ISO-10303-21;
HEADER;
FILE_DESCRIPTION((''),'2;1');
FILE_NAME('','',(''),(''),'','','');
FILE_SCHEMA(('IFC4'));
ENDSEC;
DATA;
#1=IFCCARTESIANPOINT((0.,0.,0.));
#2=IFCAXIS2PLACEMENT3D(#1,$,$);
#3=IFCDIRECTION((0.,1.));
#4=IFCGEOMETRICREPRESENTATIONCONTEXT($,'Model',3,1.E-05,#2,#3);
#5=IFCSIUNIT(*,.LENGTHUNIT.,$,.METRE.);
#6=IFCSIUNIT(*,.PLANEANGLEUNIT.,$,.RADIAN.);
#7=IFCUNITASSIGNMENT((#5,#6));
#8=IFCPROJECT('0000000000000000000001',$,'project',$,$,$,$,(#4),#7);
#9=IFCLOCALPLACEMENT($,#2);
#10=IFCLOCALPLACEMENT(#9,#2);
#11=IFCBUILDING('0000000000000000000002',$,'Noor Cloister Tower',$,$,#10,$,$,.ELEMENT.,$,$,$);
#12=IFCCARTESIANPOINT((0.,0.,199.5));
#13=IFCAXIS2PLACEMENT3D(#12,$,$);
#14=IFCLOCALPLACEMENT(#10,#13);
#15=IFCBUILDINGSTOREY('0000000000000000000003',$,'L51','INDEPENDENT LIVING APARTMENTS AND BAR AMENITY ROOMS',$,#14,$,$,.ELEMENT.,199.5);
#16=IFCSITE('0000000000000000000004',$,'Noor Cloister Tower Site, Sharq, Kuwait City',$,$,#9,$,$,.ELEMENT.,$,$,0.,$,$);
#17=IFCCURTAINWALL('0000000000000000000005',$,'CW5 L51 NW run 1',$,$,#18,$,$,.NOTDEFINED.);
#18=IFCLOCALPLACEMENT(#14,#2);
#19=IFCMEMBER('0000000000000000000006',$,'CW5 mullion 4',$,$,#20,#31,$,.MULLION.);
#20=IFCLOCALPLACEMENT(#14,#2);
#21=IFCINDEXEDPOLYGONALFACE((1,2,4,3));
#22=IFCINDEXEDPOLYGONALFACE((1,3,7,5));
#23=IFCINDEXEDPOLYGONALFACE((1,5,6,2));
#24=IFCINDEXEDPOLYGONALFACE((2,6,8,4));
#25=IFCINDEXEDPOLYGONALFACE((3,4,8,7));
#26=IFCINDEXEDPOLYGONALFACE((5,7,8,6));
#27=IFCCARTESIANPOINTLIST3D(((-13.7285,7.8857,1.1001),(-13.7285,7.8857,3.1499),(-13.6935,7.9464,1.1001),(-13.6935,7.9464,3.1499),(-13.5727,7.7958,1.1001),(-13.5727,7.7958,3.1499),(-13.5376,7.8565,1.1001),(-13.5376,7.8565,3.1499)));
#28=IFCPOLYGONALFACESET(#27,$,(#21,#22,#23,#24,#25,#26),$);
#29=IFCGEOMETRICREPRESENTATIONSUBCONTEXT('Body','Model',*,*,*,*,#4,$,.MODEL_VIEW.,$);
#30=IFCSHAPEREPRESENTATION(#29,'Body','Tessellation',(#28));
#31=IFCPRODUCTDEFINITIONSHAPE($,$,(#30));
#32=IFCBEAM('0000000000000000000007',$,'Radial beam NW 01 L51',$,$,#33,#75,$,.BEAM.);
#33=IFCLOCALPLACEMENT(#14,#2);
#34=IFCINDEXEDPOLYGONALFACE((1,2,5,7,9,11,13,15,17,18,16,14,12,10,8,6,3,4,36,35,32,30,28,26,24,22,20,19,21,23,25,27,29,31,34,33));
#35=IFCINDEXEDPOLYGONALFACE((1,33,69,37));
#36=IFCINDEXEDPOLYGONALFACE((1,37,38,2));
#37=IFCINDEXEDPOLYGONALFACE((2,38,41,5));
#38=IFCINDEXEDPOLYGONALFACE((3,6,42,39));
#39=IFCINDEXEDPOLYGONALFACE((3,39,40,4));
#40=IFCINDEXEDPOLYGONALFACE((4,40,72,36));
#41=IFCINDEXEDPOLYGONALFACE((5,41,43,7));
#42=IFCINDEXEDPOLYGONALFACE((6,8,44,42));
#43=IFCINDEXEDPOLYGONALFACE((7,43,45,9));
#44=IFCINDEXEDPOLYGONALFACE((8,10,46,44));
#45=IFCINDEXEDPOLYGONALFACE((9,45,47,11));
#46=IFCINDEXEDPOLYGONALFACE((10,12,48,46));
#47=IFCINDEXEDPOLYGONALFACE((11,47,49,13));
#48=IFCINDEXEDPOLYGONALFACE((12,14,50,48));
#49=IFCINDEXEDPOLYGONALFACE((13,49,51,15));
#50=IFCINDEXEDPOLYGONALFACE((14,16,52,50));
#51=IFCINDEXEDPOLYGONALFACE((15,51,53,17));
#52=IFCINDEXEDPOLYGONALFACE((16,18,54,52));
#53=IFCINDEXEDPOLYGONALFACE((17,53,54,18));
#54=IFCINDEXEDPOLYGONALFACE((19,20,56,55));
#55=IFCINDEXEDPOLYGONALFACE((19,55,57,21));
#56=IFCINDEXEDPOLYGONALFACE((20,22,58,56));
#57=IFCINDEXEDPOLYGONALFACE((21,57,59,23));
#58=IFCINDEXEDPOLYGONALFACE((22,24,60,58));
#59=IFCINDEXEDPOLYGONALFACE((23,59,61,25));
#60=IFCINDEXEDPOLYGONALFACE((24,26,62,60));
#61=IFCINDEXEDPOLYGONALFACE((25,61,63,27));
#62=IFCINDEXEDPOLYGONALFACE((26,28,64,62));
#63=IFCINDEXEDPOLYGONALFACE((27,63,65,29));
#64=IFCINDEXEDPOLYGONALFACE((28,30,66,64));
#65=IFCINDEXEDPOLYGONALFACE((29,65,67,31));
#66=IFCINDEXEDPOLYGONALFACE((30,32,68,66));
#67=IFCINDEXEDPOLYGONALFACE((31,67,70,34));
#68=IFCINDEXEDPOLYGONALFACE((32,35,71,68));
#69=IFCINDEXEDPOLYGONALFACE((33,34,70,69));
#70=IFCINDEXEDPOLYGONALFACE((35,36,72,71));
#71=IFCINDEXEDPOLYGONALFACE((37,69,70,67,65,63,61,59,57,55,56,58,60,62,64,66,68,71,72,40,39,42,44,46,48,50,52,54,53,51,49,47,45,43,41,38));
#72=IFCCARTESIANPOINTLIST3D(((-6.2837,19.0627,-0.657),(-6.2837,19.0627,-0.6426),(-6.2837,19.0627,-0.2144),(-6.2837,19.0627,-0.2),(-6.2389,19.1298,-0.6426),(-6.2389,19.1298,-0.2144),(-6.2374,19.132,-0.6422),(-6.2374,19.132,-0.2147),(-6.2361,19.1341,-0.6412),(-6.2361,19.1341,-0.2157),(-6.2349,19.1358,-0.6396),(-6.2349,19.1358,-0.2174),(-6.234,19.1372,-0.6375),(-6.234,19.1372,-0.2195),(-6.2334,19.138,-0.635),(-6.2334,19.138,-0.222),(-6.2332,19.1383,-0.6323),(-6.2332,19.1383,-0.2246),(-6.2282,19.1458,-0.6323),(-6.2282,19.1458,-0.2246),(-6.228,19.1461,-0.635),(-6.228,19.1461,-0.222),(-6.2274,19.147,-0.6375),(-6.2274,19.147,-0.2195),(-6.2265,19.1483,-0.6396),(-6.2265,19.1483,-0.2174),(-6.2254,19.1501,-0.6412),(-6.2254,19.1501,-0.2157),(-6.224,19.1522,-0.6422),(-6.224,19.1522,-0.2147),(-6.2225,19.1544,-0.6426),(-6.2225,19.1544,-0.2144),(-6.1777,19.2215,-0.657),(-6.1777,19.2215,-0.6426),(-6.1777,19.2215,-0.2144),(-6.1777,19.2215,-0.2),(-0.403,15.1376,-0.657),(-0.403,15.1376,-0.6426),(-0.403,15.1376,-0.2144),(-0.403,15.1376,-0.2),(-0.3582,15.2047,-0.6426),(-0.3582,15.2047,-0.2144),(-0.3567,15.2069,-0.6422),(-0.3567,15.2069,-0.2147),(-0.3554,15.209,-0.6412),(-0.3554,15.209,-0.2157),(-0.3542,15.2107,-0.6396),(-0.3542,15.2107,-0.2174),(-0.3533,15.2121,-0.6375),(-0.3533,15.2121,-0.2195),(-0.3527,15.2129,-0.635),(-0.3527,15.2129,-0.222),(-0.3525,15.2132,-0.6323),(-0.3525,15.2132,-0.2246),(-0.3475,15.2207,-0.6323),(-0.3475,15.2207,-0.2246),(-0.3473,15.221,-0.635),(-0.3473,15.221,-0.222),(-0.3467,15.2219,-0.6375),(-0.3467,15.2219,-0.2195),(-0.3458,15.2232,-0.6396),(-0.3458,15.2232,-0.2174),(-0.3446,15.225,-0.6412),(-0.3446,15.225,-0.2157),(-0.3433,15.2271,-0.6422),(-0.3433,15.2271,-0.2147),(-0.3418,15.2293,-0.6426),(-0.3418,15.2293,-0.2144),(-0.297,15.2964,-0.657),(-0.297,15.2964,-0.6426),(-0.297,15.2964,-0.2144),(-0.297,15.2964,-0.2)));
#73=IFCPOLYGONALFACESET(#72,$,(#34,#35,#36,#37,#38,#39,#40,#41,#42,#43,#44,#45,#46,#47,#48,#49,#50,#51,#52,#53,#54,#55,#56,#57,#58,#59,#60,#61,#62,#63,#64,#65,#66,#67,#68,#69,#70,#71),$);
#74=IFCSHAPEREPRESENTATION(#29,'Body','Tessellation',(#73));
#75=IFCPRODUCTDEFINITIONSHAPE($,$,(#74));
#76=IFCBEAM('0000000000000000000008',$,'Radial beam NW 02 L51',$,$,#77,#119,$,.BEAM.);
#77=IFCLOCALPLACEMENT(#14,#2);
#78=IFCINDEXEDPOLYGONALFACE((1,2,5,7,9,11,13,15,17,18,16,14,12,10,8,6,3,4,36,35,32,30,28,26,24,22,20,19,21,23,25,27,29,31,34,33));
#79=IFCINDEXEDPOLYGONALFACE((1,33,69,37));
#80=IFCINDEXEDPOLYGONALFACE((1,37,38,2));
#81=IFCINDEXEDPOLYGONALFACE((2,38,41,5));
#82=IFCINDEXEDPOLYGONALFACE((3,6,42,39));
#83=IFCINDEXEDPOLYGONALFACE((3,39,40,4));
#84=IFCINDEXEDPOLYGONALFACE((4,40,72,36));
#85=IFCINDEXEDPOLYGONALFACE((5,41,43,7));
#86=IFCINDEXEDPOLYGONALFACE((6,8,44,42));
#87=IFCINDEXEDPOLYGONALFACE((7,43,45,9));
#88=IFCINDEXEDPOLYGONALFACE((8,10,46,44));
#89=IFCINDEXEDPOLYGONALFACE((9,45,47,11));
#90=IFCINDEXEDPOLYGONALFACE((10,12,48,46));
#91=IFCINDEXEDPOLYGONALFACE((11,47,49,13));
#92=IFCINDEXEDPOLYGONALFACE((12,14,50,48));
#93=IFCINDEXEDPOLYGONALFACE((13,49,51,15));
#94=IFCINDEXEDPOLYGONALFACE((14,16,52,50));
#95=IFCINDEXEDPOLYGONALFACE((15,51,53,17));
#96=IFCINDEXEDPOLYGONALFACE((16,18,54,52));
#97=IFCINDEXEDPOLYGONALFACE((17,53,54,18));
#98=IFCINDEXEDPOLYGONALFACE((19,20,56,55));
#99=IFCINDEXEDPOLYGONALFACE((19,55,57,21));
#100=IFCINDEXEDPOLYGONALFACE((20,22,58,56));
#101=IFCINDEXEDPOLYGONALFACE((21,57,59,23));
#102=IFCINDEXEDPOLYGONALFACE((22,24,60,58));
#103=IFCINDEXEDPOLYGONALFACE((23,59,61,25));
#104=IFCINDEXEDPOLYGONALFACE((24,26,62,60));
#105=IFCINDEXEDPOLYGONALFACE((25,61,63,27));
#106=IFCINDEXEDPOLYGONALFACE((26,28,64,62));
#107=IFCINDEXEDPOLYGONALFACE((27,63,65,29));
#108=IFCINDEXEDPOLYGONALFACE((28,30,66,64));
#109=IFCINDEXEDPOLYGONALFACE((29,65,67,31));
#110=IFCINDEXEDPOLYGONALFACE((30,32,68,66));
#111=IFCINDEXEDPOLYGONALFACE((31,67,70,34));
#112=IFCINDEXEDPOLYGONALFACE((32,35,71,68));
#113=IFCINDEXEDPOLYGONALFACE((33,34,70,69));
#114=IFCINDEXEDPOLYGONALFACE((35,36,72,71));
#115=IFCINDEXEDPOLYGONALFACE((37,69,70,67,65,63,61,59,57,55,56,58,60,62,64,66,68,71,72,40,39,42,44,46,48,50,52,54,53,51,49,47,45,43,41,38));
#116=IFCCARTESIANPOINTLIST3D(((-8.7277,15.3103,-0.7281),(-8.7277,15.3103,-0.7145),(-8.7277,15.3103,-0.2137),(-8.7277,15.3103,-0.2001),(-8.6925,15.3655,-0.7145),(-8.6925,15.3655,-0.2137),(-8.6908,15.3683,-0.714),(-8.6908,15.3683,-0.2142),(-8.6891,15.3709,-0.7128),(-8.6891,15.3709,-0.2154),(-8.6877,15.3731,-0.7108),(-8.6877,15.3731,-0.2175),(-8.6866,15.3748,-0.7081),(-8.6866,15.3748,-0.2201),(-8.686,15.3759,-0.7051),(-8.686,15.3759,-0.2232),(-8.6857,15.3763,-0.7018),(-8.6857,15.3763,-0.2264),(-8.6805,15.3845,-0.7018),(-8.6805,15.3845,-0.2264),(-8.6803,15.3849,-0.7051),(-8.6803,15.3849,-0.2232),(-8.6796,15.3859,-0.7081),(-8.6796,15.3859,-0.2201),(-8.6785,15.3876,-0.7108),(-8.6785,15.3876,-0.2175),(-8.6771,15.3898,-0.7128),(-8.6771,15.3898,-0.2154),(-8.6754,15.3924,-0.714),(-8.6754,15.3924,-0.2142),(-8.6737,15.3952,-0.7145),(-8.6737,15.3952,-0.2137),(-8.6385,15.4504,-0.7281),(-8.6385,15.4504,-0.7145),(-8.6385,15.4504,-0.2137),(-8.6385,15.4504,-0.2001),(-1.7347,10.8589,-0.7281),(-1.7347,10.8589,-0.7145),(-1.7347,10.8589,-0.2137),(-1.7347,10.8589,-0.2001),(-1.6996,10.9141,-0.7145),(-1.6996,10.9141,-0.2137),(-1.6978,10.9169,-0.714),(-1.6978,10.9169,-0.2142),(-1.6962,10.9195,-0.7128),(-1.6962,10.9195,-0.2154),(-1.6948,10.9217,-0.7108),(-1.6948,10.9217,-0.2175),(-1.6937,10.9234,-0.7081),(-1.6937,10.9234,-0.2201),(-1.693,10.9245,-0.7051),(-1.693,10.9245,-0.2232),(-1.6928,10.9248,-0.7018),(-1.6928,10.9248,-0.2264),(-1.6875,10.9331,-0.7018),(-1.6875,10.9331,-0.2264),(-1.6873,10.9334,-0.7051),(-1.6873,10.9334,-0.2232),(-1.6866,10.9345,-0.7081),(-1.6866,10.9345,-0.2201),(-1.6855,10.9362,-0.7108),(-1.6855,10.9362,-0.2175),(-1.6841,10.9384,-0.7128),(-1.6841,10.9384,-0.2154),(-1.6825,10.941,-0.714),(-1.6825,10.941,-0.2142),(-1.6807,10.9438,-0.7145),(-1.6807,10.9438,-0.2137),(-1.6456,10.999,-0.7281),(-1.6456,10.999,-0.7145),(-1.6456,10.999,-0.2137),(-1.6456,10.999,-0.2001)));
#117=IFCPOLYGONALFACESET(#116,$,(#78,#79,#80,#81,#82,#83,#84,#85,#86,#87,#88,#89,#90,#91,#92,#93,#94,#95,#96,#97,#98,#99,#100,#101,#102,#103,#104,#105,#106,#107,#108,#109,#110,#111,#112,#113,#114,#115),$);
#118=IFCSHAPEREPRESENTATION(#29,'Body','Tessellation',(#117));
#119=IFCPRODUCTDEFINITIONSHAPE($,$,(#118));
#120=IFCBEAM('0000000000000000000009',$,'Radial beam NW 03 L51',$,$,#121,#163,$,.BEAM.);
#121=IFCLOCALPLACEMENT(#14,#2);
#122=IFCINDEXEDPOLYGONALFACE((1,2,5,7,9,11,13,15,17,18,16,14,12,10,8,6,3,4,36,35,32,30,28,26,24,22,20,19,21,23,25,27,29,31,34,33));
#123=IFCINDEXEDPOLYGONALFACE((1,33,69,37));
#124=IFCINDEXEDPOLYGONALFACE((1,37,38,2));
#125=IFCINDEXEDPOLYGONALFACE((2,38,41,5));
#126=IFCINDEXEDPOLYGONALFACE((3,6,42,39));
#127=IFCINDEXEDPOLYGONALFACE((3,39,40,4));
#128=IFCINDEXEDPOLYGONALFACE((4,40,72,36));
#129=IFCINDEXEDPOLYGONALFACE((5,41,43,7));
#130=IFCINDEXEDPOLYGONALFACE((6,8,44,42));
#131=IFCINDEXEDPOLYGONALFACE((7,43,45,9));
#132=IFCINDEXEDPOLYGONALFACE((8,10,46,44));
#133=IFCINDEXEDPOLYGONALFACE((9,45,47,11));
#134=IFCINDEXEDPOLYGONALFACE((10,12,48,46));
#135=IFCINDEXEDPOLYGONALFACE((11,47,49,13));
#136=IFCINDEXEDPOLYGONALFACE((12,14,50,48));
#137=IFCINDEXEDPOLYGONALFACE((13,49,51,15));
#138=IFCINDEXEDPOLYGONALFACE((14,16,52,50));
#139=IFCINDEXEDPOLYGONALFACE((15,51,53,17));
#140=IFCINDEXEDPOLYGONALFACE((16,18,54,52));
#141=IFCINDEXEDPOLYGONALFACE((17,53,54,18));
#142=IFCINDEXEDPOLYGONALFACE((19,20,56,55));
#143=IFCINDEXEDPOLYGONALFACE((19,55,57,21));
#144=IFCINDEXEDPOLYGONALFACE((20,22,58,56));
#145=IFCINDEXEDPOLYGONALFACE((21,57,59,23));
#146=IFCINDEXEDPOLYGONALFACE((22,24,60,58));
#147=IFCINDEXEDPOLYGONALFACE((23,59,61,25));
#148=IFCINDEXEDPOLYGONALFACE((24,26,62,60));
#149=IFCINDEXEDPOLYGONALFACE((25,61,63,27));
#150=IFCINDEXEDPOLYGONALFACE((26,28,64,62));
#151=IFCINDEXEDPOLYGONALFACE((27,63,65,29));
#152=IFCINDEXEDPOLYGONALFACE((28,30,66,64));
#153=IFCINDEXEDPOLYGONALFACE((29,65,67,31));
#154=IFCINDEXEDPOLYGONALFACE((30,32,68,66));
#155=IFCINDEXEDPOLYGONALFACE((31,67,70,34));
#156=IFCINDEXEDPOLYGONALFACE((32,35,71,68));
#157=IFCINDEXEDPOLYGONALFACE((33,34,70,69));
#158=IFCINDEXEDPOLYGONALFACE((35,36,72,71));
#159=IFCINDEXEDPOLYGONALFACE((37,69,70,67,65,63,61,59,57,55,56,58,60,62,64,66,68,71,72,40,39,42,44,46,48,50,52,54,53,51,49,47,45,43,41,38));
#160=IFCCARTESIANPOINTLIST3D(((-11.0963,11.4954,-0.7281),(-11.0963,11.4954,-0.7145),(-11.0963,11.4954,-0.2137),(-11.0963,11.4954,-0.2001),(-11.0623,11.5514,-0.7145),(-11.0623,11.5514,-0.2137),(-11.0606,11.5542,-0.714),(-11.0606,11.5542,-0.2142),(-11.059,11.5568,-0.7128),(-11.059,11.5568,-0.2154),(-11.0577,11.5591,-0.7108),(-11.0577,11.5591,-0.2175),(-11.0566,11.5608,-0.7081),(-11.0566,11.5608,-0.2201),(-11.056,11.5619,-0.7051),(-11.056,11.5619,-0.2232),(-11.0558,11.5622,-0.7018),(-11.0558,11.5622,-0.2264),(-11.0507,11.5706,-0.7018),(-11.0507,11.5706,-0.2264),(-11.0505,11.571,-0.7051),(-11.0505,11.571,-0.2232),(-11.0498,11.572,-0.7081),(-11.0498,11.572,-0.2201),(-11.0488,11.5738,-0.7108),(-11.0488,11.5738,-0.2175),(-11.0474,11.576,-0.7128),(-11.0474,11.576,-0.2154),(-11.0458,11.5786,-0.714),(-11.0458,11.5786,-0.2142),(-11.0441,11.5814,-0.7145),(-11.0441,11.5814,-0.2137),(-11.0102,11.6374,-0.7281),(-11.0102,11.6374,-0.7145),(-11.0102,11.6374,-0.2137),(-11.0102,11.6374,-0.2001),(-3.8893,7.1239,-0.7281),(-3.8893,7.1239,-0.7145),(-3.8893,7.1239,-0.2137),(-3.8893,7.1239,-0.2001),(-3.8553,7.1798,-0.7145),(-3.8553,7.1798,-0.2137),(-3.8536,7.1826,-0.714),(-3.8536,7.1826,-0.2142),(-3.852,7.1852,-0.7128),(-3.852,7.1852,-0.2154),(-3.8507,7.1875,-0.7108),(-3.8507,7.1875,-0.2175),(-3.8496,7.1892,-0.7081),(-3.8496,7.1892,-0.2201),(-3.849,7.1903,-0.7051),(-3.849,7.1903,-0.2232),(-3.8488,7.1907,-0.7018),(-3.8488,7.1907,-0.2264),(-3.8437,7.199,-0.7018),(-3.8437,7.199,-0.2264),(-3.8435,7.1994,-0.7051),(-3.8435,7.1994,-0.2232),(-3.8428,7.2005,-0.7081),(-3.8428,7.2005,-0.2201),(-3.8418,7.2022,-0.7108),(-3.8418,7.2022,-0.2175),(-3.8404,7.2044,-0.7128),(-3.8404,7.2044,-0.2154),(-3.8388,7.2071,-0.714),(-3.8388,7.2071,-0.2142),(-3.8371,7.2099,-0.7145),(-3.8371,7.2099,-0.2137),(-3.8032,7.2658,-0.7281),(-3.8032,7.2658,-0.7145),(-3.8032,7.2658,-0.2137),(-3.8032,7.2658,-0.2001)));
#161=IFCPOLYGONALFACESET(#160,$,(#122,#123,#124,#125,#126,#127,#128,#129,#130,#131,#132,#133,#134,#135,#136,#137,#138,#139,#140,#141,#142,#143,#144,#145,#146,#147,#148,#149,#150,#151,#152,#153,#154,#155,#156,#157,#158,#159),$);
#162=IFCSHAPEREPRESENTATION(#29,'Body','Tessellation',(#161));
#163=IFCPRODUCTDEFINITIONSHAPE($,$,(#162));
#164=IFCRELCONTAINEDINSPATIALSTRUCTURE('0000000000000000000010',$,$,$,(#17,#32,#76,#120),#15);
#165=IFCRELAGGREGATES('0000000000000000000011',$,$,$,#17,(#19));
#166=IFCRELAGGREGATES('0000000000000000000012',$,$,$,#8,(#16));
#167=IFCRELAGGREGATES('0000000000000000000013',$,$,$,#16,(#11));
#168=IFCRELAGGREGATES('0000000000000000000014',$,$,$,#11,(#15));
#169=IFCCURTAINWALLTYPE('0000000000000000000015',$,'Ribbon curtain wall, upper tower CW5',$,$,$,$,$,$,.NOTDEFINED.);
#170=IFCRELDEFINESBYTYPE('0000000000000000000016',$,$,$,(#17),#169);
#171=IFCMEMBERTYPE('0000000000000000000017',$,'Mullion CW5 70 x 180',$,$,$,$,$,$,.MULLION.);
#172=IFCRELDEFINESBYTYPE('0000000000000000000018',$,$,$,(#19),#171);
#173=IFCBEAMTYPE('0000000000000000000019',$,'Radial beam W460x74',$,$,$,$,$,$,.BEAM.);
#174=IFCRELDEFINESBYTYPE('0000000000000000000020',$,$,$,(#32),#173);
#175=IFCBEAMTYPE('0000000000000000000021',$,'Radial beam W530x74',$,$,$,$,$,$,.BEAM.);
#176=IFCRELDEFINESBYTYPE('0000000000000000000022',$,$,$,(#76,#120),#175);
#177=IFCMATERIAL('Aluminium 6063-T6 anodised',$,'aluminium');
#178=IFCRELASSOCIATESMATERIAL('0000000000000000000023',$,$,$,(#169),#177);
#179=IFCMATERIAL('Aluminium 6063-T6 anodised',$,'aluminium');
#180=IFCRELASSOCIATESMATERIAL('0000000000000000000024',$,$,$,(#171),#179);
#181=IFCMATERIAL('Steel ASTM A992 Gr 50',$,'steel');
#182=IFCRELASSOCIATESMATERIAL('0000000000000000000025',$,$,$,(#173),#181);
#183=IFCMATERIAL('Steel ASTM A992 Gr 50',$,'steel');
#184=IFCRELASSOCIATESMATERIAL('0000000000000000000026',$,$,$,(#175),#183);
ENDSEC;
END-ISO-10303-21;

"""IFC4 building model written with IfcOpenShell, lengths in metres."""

from ifc_helpers import new_model, si_unit, direction, frame, origin, origin_2d, place, context, subcontext, project, spatial, rectangle, i_section, extrude, material, material_profile, profile_set, type_object, element, aggregate, save


model = new_model("IFC4")

# Units and contexts
model_context = context("Model", 3, precision=1e-05, world=origin(), true_north=direction((0.0, 1.0)))
body_context = subcontext(model_context, "Body", "Model", "MODEL_VIEW")
ifc_project = project(units=[si_unit("LENGTHUNIT", "METRE"), si_unit("PLANEANGLEUNIT", "RADIAN")], contexts=[model_context])

# Site, building, storey
site_placement = place(None, origin())
site = spatial("IfcSite", under=ifc_project, at=site_placement, Name="Noor Cloister Tower Site, Sharq, Kuwait City", CompositionType="ELEMENT", RefElevation=0.0)
building_placement = place(site_placement, origin())
building = spatial("IfcBuilding", under=site, at=building_placement, Name="Noor Cloister Tower", CompositionType="ELEMENT")
storey_placement = place(building_placement, frame((0.0, 0.0, 199.5)))
storey = spatial("IfcBuildingStorey", under=building, at=storey_placement, Name="L51", Description="INDEPENDENT LIVING APARTMENTS AND BAR AMENITY ROOMS", CompositionType="ELEMENT", Elevation=199.5)

# Curtain wall, member
ifc_material_1 = material(Name="Aluminium 6063-T6 anodised", Category="aluminium")
curtain_wall_type = type_object("IfcCurtainWallType", Name="Ribbon curtain wall, upper tower CW5", PredefinedType="NOTDEFINED", material=ifc_material_1)
curtain_wall_placement = place(storey_placement, origin())
curtain_wall = element("IfcCurtainWall", 1, at=curtain_wall_placement, inside=storey, type_object=curtain_wall_type, Name="CW5 L51 NW run 1", PredefinedType="NOTDEFINED")
ifc_material_2 = material(Name="Aluminium 6063-T6 anodised", Category="aluminium")
ifc_material_profile_1 = material_profile(ifc_material_2, rectangle(XDim=0.1799, YDim=0.0701, at=origin_2d()), Name="180 x 70 mullion")
ifc_profile_set_1 = profile_set([ifc_material_profile_1], Name="Aluminium 6063-T6 anodised")
member_type = type_object("IfcMemberType", Name="Mullion CW5 70 x 180", PredefinedType="MULLION", material=ifc_profile_set_1)
member_1_placement = place(storey_placement, frame((-13.6331, 7.8711, 1.1001), z_axis=(0.0, 0.0, 1.0), x_axis=(0.866025, -0.5, 0.0)))
member_1 = element("IfcMember", 2, at=member_1_placement, type_object=member_type, Name="CW5 mullion 4", PredefinedType="MULLION", context=body_context, shape_type="SweptSolid", body=[
    extrude(rectangle(XDim=0.1799, YDim=0.0701, at=origin_2d()), origin(), (0.0, 0.0, 1.0), 2.0498),
])

# Beams
ifc_material_3 = material(Name="Steel ASTM A992 Gr 50", Category="steel")
ifc_material_profile_2 = material_profile(ifc_material_3, i_section(OverallWidth=0.1909, OverallDepth=0.457, WebThickness=0.009, FlangeThickness=0.0144, FilletRadius=0.0103, at=origin_2d()), Name="W460x74")
ifc_profile_set_2 = profile_set([ifc_material_profile_2], Name="Steel ASTM A992 Gr 50")
beam_type_1 = type_object("IfcBeamType", Name="Radial beam W460x74", PredefinedType="BEAM", material=ifc_profile_set_2)
beam_1_placement = place(storey_placement, frame((-6.2307, 19.1421, -0.4285), z_axis=(0.831747, -0.555154, 0.0), x_axis=(0.555154, 0.831747, 0.0)))
element("IfcBeam", 3, at=beam_1_placement, inside=storey, type_object=beam_type_1, Name="Radial beam NW 01 L51", PredefinedType="BEAM", context=body_context, shape_type="SweptSolid", body=[
    extrude(i_section(OverallWidth=0.1909, OverallDepth=0.457, WebThickness=0.009, FlangeThickness=0.0144, FilletRadius=0.0103, at=origin_2d()), origin(), (0.0, 0.0, 1.0), 7.0703),
])
ifc_material_4 = material(Name="Steel ASTM A992 Gr 50", Category="steel")
ifc_material_profile_3 = material_profile(ifc_material_4, i_section(OverallWidth=0.166, OverallDepth=0.5281, WebThickness=0.0098, FlangeThickness=0.0137, FilletRadius=0.0127, at=origin_2d()), Name="W530x74")
ifc_profile_set_3 = profile_set([ifc_material_profile_3], Name="Steel ASTM A992 Gr 50")
beam_type_2 = type_object("IfcBeamType", Name="Radial beam W530x74", PredefinedType="BEAM", material=ifc_profile_set_3)
beam_2_placement = place(storey_placement, frame((-8.6831, 15.3804, -0.4641), z_axis=(0.843586, -0.536994, 0.0), x_axis=(0.536994, 0.843586, 0.0)))
element("IfcBeam", 4, at=beam_2_placement, inside=storey, type_object=beam_type_2, Name="Radial beam NW 02 L51", PredefinedType="BEAM", context=body_context, shape_type="SweptSolid", body=[
    extrude(i_section(OverallWidth=0.166, OverallDepth=0.5281, WebThickness=0.0098, FlangeThickness=0.0137, FilletRadius=0.0127, at=origin_2d()), origin(), (0.0, 0.0, 1.0), 8.2896),
])
beam_3_placement = place(storey_placement, frame((-11.0532, 11.5664, -0.4641), z_axis=(0.855004, -0.518621, 0.0), x_axis=(0.518621, 0.855004, 0.0)))
element("IfcBeam", 5, at=beam_3_placement, inside=storey, type_object=beam_type_2, Name="Radial beam NW 03 L51", PredefinedType="BEAM", context=body_context, shape_type="SweptSolid", body=[
    extrude(i_section(OverallWidth=0.166, OverallDepth=0.5281, WebThickness=0.0098, FlangeThickness=0.0137, FilletRadius=0.0127, at=origin_2d()), origin(), (0.0, 0.0, 1.0), 8.4292),
])

aggregate(curtain_wall, [member_1])

save(model, "model.ifc")
